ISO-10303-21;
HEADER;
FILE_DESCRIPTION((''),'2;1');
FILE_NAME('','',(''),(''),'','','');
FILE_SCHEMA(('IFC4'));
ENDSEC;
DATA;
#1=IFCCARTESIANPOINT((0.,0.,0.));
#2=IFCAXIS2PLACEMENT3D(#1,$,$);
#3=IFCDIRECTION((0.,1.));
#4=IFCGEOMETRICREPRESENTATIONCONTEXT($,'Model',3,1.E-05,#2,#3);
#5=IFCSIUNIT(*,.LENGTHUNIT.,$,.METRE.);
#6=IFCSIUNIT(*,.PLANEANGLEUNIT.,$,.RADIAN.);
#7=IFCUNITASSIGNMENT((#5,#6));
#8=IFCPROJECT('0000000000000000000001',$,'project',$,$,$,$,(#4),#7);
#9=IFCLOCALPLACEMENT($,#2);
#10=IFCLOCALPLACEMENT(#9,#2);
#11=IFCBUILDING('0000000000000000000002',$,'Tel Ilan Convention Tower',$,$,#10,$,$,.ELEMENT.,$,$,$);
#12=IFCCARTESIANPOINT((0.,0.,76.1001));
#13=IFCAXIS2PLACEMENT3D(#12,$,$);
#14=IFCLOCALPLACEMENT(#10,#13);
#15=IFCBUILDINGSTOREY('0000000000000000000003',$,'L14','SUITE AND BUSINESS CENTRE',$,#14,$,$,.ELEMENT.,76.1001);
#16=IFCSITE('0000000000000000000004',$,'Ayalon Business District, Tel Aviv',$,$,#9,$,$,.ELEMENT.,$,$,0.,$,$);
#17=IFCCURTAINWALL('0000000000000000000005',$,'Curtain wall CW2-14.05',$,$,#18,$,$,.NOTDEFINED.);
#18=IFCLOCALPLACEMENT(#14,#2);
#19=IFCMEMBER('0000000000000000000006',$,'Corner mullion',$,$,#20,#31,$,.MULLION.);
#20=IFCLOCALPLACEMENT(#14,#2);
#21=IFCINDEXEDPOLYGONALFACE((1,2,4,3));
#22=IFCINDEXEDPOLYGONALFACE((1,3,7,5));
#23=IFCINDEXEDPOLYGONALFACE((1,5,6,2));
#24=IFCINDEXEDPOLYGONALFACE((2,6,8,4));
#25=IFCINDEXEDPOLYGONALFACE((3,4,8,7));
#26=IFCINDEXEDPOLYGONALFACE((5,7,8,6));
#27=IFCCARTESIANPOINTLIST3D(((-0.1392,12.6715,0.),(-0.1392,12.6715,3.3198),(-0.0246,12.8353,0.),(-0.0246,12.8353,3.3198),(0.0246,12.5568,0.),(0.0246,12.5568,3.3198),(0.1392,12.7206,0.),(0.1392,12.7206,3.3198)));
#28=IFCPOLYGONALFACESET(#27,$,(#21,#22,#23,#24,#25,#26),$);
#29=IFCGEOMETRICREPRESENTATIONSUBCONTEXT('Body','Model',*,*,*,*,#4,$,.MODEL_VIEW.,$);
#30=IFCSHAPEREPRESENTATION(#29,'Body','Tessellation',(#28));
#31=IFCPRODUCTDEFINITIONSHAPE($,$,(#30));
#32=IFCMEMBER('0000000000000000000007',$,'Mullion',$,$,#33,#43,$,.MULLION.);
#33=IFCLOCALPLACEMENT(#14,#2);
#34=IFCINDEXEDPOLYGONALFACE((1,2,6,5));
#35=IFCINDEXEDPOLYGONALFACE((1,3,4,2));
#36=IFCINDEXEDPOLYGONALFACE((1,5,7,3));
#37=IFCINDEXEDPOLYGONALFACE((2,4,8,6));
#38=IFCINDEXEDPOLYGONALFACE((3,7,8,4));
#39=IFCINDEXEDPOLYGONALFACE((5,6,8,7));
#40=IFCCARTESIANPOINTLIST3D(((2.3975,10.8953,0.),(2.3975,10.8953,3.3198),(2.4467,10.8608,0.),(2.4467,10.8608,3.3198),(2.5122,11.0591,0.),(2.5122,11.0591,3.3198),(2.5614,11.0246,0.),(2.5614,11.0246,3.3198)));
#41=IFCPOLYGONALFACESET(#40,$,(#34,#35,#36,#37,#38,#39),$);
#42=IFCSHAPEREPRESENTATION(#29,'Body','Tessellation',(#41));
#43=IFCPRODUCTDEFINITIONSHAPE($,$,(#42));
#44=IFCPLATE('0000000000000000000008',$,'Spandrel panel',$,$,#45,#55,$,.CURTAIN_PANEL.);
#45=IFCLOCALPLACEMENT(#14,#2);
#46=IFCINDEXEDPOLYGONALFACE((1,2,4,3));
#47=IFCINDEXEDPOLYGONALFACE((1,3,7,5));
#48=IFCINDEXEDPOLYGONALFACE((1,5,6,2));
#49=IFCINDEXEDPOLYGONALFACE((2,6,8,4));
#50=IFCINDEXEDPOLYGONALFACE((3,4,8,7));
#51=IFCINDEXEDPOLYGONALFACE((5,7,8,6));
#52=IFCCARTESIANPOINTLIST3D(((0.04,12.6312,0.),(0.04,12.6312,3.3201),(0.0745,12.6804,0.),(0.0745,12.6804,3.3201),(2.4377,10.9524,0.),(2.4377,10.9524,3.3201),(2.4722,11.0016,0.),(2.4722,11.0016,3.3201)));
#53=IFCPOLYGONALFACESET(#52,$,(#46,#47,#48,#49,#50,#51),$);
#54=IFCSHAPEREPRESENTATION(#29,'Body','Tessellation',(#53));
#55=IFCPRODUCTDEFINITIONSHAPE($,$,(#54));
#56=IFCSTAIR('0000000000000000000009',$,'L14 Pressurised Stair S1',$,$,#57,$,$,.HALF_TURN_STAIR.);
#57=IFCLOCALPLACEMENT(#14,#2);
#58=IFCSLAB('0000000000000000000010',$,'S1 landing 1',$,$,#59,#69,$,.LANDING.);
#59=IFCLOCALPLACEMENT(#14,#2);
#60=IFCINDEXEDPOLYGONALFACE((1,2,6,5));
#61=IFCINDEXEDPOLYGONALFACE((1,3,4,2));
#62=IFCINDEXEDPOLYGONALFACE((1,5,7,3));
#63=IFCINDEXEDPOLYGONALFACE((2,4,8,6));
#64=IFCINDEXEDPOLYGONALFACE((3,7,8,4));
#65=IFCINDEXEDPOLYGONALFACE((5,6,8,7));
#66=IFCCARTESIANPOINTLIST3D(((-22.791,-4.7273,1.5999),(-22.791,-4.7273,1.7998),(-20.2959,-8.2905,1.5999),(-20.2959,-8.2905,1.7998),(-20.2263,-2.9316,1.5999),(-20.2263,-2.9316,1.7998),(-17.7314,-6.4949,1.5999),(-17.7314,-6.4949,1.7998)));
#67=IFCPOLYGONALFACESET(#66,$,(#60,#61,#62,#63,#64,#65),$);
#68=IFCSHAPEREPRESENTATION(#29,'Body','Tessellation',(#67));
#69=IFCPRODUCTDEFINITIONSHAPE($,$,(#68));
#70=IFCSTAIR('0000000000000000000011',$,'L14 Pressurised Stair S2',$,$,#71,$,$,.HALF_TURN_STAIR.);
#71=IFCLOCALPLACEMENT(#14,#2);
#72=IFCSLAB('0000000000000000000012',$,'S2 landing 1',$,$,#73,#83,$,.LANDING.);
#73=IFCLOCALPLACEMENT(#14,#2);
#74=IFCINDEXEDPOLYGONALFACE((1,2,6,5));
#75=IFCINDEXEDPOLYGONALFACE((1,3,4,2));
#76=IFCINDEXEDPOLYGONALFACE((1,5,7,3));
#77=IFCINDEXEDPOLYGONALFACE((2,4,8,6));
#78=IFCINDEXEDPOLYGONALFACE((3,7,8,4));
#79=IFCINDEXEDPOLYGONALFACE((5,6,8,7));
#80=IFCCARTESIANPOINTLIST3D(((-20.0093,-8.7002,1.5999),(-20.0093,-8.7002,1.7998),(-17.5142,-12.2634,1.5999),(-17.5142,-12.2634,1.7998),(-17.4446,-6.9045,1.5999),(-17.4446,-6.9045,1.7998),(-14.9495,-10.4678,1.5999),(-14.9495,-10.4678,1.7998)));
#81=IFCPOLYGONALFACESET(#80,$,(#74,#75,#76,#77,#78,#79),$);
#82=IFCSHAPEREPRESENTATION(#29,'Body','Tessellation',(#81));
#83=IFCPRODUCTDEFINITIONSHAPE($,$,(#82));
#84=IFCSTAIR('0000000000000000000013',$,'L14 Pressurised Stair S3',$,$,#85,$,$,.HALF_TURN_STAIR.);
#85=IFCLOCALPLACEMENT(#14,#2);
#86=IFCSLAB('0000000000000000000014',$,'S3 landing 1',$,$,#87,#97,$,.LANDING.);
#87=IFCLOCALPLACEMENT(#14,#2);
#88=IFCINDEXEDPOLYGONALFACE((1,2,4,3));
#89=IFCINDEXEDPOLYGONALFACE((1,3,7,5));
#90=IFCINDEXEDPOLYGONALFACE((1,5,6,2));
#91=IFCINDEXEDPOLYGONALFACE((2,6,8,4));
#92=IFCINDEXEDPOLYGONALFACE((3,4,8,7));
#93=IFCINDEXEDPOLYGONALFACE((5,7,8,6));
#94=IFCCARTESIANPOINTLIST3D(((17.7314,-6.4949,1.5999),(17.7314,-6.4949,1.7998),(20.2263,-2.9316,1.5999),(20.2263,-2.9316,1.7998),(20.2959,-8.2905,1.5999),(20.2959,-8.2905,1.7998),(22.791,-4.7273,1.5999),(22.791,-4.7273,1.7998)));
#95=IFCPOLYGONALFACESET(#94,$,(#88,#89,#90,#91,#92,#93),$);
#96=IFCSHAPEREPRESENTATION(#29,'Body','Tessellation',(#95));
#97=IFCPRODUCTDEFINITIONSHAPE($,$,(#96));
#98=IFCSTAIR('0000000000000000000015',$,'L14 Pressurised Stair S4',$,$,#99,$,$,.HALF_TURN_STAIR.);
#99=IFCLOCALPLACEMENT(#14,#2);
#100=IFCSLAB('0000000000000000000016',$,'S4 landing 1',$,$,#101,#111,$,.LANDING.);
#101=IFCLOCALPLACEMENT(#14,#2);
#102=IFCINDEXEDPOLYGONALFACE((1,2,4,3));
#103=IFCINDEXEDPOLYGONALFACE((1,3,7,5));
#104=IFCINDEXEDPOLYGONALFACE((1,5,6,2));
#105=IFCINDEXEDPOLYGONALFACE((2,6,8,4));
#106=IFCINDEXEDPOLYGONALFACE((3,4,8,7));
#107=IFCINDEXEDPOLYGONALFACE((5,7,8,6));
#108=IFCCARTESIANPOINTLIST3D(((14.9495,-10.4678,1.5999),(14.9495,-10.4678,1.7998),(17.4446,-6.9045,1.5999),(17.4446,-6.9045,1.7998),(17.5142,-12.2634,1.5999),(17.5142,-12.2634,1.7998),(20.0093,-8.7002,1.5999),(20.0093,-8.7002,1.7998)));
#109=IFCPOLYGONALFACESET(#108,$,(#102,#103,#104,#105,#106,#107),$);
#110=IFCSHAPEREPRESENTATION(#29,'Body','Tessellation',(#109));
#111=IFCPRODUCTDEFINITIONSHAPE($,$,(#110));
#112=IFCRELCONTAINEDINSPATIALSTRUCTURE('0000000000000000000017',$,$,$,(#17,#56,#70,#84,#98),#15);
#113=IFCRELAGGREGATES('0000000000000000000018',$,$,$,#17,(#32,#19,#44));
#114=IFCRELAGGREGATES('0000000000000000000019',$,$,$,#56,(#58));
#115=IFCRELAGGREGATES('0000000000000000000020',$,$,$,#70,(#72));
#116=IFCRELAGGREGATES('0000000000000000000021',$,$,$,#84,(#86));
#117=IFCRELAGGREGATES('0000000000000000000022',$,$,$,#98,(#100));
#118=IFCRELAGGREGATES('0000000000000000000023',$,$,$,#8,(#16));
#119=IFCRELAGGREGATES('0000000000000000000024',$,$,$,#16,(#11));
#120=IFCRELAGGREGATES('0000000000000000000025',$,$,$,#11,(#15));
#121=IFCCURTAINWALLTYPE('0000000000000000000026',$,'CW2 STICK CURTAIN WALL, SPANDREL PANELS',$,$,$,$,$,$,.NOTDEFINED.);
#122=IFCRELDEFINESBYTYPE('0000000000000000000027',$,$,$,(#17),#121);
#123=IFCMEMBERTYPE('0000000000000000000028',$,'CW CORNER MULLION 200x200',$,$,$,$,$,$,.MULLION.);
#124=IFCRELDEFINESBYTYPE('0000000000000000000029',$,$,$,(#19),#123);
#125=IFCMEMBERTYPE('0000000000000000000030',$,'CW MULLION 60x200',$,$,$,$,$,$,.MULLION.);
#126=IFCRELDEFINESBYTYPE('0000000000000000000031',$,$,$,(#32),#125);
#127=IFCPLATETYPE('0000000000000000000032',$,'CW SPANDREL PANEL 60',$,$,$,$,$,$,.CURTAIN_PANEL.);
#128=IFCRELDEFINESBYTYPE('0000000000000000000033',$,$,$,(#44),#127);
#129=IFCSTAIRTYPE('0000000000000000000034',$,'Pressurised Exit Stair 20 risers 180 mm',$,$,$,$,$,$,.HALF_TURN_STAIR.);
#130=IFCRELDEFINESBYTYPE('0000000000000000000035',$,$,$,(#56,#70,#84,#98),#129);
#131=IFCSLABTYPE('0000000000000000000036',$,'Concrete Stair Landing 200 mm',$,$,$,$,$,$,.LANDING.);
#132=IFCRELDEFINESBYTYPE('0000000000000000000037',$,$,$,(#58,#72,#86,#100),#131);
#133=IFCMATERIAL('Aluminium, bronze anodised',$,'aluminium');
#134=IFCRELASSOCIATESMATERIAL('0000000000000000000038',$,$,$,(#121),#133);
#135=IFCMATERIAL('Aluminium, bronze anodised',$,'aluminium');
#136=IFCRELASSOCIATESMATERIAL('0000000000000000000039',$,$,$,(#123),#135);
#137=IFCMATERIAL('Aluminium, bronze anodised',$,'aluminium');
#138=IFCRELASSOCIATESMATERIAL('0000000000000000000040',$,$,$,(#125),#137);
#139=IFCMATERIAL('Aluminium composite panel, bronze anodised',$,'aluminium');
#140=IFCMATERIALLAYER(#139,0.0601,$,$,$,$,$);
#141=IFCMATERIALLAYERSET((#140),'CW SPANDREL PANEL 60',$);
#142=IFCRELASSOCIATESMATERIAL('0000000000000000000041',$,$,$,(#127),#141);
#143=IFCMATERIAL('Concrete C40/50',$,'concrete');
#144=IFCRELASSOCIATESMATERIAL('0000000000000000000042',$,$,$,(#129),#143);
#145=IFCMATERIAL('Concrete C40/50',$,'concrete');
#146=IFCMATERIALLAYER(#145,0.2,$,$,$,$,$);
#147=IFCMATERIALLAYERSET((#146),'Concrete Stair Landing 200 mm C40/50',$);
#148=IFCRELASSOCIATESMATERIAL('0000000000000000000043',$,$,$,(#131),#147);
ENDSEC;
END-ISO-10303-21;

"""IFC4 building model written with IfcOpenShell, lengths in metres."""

from ifc_helpers import new_model, si_unit, direction, frame, origin, origin_2d, place, context, subcontext, project, spatial, polyline, rectangle, outline, extrude, material, layer, layer_set, material_profile, profile_set, type_object, element, aggregate, save


model = new_model("IFC4")

# Units and contexts
model_context = context("Model", 3, precision=1e-05, world=origin(), true_north=direction((0.0, 1.0)))
body_context = subcontext(model_context, "Body", "Model", "MODEL_VIEW")
ifc_project = project(units=[si_unit("LENGTHUNIT", "METRE"), si_unit("PLANEANGLEUNIT", "RADIAN")], contexts=[model_context])

# Site, building, storey
site_placement = place(None, origin())
site = spatial("IfcSite", under=ifc_project, at=site_placement, Name="Ayalon Business District, Tel Aviv", CompositionType="ELEMENT", RefElevation=0.0)
building_placement = place(site_placement, origin())
building = spatial("IfcBuilding", under=site, at=building_placement, Name="Tel Ilan Convention Tower", CompositionType="ELEMENT")
storey_placement = place(building_placement, frame((0.0, 0.0, 76.1001)))
storey = spatial("IfcBuildingStorey", under=building, at=storey_placement, Name="L14", Description="SUITE AND BUSINESS CENTRE", CompositionType="ELEMENT", Elevation=76.1001)

# Curtain wall, members, plate
ifc_material_1 = material(Name="Aluminium, bronze anodised", Category="aluminium")
curtain_wall_type = type_object("IfcCurtainWallType", Name="CW2 STICK CURTAIN WALL, SPANDREL PANELS", PredefinedType="NOTDEFINED", material=ifc_material_1)
curtain_wall_placement = place(storey_placement, origin())
curtain_wall = element("IfcCurtainWall", 1, at=curtain_wall_placement, inside=storey, type_object=curtain_wall_type, Name="Curtain wall CW2-14.05", PredefinedType="NOTDEFINED")
ifc_material_2 = material(Name="Aluminium, bronze anodised", Category="aluminium")
ifc_material_profile_1 = material_profile(ifc_material_2, rectangle(XDim=0.2, YDim=0.2, at=origin_2d()), Name="CW CORNER MULLION 200x200")
ifc_profile_set_1 = profile_set([ifc_material_profile_1], Name="Aluminium, bronze anodised")
member_type_1 = type_object("IfcMemberType", Name="CW CORNER MULLION 200x200", PredefinedType="MULLION", material=ifc_profile_set_1)
member_1_placement = place(storey_placement, frame((0.0, 12.696, 0.0), z_axis=(0.0, 0.0, 1.0), x_axis=(-0.819152, 0.573576, 0.0)))
member_1 = element("IfcMember", 2, at=member_1_placement, type_object=member_type_1, Name="Corner mullion", PredefinedType="MULLION", context=body_context, shape_type="SweptSolid", body=[
    extrude(rectangle(XDim=0.2, YDim=0.2, at=origin_2d()), origin(), (0.0, 0.0, 1.0), 3.3198),
])
ifc_material_3 = material(Name="Aluminium, bronze anodised", Category="aluminium")
ifc_material_profile_2 = material_profile(ifc_material_3, rectangle(XDim=0.0601, YDim=0.2, at=origin_2d()), Name="CW MULLION 60x200")
ifc_profile_set_2 = profile_set([ifc_material_profile_2], Name="Aluminium, bronze anodised")
member_type_2 = type_object("IfcMemberType", Name="CW MULLION 60x200", PredefinedType="MULLION", material=ifc_profile_set_2)
member_2_placement = place(storey_placement, frame((2.4795, 10.96, 0.0), z_axis=(0.0, 0.0, 1.0), x_axis=(-0.819152, 0.573576, 0.0)))
member_2 = element("IfcMember", 3, at=member_2_placement, type_object=member_type_2, Name="Mullion", PredefinedType="MULLION", context=body_context, shape_type="SweptSolid", body=[
    extrude(rectangle(XDim=0.0601, YDim=0.2, at=origin_2d()), origin(), (0.0, 0.0, 1.0), 3.3198),
])
ifc_material_4 = material(Name="Aluminium composite panel, bronze anodised", Category="aluminium")
ifc_layer_1 = layer(ifc_material_4, 0.0601)
ifc_layer_set_1 = layer_set([ifc_layer_1], Name="CW SPANDREL PANEL 60")
plate_type = type_object("IfcPlateType", Name="CW SPANDREL PANEL 60", PredefinedType="CURTAIN_PANEL", material=ifc_layer_set_1)
plate_placement = place(storey_placement, frame((1.2561, 11.8164, 0.0), z_axis=(0.0, 0.0, 1.0), x_axis=(-0.819152, 0.573576, 0.0)))
plate = element("IfcPlate", 4, at=plate_placement, type_object=plate_type, Name="Spandrel panel", PredefinedType="CURTAIN_PANEL", context=body_context, shape_type="SweptSolid", body=[
    extrude(rectangle(XDim=2.927, YDim=0.0601, at=origin_2d()), origin(), (0.0, 0.0, 1.0), 3.3201),
])
aggregate(curtain_wall, [member_2, member_1, plate])

# Stairs, slabs
ifc_material_5 = material(Name="Concrete C40/50", Category="concrete")
stair_type = type_object("IfcStairType", Name="Pressurised Exit Stair 20 risers 180 mm", PredefinedType="HALF_TURN_STAIR", material=ifc_material_5)
stair_1_placement = place(storey_placement, origin())
stair_1 = element("IfcStair", 5, at=stair_1_placement, inside=storey, type_object=stair_type, Name="L14 Pressurised Stair S1", PredefinedType="HALF_TURN_STAIR")
ifc_material_6 = material(Name="Concrete C40/50", Category="concrete")
ifc_layer_2 = layer(ifc_material_6, 0.2)
ifc_layer_set_2 = layer_set([ifc_layer_2], Name="Concrete Stair Landing 200 mm C40/50")
slab_type_1 = type_object("IfcSlabType", Name="Concrete Stair Landing 200 mm", PredefinedType="LANDING", material=ifc_layer_set_2)
slab_1_placement = place(storey_placement, frame((0.0, 0.0, 1.5999)))
slab_1 = element("IfcSlab", 6, at=slab_1_placement, type_object=slab_type_1, Name="S1 landing 1", PredefinedType="LANDING", context=body_context, shape_type="SweptSolid", body=[
    extrude(outline(polyline([(-20.2959, -8.2905), (-17.7314, -6.4949), (-20.2263, -2.9316), (-22.791, -4.7273), (-20.2959, -8.2905)])), origin(), (0.0, 0.0, 1.0), 0.2),
])
aggregate(stair_1, [slab_1])
stair_2_placement = place(storey_placement, origin())
stair_2 = element("IfcStair", 7, at=stair_2_placement, inside=storey, type_object=stair_type, Name="L14 Pressurised Stair S2", PredefinedType="HALF_TURN_STAIR")
slab_2_placement = place(storey_placement, frame((0.0, 0.0, 1.5999)))
slab_2 = element("IfcSlab", 8, at=slab_2_placement, type_object=slab_type_1, Name="S2 landing 1", PredefinedType="LANDING", context=body_context, shape_type="SweptSolid", body=[
    extrude(outline(polyline([(-17.5142, -12.2634), (-14.9495, -10.4678), (-17.4446, -6.9045), (-20.0093, -8.7002), (-17.5142, -12.2634)])), origin(), (0.0, 0.0, 1.0), 0.2),
])
aggregate(stair_2, [slab_2])
stair_3_placement = place(storey_placement, origin())
stair_3 = element("IfcStair", 9, at=stair_3_placement, inside=storey, type_object=stair_type, Name="L14 Pressurised Stair S3", PredefinedType="HALF_TURN_STAIR")
slab_3_placement = place(storey_placement, frame((0.0, 0.0, 1.5999)))
slab_3 = element("IfcSlab", 10, at=slab_3_placement, type_object=slab_type_1, Name="S3 landing 1", PredefinedType="LANDING", context=body_context, shape_type="SweptSolid", body=[
    extrude(outline(polyline([(22.791, -4.7273), (20.2263, -2.9316), (17.7314, -6.4949), (20.2959, -8.2905), (22.791, -4.7273)])), origin(), (0.0, 0.0, 1.0), 0.2),
])
aggregate(stair_3, [slab_3])
stair_4_placement = place(storey_placement, origin())
stair_4 = element("IfcStair", 11, at=stair_4_placement, inside=storey, type_object=stair_type, Name="L14 Pressurised Stair S4", PredefinedType="HALF_TURN_STAIR")
slab_4_placement = place(storey_placement, frame((0.0, 0.0, 1.5999)))
slab_4 = element("IfcSlab", 12, at=slab_4_placement, type_object=slab_type_1, Name="S4 landing 1", PredefinedType="LANDING", context=body_context, shape_type="SweptSolid", body=[
    extrude(outline(polyline([(20.0093, -8.7002), (17.4446, -6.9045), (14.9495, -10.4678), (17.5142, -12.2634), (20.0093, -8.7002)])), origin(), (0.0, 0.0, 1.0), 0.2),
])
aggregate(stair_4, [slab_4])

save(model, "model.ifc")
